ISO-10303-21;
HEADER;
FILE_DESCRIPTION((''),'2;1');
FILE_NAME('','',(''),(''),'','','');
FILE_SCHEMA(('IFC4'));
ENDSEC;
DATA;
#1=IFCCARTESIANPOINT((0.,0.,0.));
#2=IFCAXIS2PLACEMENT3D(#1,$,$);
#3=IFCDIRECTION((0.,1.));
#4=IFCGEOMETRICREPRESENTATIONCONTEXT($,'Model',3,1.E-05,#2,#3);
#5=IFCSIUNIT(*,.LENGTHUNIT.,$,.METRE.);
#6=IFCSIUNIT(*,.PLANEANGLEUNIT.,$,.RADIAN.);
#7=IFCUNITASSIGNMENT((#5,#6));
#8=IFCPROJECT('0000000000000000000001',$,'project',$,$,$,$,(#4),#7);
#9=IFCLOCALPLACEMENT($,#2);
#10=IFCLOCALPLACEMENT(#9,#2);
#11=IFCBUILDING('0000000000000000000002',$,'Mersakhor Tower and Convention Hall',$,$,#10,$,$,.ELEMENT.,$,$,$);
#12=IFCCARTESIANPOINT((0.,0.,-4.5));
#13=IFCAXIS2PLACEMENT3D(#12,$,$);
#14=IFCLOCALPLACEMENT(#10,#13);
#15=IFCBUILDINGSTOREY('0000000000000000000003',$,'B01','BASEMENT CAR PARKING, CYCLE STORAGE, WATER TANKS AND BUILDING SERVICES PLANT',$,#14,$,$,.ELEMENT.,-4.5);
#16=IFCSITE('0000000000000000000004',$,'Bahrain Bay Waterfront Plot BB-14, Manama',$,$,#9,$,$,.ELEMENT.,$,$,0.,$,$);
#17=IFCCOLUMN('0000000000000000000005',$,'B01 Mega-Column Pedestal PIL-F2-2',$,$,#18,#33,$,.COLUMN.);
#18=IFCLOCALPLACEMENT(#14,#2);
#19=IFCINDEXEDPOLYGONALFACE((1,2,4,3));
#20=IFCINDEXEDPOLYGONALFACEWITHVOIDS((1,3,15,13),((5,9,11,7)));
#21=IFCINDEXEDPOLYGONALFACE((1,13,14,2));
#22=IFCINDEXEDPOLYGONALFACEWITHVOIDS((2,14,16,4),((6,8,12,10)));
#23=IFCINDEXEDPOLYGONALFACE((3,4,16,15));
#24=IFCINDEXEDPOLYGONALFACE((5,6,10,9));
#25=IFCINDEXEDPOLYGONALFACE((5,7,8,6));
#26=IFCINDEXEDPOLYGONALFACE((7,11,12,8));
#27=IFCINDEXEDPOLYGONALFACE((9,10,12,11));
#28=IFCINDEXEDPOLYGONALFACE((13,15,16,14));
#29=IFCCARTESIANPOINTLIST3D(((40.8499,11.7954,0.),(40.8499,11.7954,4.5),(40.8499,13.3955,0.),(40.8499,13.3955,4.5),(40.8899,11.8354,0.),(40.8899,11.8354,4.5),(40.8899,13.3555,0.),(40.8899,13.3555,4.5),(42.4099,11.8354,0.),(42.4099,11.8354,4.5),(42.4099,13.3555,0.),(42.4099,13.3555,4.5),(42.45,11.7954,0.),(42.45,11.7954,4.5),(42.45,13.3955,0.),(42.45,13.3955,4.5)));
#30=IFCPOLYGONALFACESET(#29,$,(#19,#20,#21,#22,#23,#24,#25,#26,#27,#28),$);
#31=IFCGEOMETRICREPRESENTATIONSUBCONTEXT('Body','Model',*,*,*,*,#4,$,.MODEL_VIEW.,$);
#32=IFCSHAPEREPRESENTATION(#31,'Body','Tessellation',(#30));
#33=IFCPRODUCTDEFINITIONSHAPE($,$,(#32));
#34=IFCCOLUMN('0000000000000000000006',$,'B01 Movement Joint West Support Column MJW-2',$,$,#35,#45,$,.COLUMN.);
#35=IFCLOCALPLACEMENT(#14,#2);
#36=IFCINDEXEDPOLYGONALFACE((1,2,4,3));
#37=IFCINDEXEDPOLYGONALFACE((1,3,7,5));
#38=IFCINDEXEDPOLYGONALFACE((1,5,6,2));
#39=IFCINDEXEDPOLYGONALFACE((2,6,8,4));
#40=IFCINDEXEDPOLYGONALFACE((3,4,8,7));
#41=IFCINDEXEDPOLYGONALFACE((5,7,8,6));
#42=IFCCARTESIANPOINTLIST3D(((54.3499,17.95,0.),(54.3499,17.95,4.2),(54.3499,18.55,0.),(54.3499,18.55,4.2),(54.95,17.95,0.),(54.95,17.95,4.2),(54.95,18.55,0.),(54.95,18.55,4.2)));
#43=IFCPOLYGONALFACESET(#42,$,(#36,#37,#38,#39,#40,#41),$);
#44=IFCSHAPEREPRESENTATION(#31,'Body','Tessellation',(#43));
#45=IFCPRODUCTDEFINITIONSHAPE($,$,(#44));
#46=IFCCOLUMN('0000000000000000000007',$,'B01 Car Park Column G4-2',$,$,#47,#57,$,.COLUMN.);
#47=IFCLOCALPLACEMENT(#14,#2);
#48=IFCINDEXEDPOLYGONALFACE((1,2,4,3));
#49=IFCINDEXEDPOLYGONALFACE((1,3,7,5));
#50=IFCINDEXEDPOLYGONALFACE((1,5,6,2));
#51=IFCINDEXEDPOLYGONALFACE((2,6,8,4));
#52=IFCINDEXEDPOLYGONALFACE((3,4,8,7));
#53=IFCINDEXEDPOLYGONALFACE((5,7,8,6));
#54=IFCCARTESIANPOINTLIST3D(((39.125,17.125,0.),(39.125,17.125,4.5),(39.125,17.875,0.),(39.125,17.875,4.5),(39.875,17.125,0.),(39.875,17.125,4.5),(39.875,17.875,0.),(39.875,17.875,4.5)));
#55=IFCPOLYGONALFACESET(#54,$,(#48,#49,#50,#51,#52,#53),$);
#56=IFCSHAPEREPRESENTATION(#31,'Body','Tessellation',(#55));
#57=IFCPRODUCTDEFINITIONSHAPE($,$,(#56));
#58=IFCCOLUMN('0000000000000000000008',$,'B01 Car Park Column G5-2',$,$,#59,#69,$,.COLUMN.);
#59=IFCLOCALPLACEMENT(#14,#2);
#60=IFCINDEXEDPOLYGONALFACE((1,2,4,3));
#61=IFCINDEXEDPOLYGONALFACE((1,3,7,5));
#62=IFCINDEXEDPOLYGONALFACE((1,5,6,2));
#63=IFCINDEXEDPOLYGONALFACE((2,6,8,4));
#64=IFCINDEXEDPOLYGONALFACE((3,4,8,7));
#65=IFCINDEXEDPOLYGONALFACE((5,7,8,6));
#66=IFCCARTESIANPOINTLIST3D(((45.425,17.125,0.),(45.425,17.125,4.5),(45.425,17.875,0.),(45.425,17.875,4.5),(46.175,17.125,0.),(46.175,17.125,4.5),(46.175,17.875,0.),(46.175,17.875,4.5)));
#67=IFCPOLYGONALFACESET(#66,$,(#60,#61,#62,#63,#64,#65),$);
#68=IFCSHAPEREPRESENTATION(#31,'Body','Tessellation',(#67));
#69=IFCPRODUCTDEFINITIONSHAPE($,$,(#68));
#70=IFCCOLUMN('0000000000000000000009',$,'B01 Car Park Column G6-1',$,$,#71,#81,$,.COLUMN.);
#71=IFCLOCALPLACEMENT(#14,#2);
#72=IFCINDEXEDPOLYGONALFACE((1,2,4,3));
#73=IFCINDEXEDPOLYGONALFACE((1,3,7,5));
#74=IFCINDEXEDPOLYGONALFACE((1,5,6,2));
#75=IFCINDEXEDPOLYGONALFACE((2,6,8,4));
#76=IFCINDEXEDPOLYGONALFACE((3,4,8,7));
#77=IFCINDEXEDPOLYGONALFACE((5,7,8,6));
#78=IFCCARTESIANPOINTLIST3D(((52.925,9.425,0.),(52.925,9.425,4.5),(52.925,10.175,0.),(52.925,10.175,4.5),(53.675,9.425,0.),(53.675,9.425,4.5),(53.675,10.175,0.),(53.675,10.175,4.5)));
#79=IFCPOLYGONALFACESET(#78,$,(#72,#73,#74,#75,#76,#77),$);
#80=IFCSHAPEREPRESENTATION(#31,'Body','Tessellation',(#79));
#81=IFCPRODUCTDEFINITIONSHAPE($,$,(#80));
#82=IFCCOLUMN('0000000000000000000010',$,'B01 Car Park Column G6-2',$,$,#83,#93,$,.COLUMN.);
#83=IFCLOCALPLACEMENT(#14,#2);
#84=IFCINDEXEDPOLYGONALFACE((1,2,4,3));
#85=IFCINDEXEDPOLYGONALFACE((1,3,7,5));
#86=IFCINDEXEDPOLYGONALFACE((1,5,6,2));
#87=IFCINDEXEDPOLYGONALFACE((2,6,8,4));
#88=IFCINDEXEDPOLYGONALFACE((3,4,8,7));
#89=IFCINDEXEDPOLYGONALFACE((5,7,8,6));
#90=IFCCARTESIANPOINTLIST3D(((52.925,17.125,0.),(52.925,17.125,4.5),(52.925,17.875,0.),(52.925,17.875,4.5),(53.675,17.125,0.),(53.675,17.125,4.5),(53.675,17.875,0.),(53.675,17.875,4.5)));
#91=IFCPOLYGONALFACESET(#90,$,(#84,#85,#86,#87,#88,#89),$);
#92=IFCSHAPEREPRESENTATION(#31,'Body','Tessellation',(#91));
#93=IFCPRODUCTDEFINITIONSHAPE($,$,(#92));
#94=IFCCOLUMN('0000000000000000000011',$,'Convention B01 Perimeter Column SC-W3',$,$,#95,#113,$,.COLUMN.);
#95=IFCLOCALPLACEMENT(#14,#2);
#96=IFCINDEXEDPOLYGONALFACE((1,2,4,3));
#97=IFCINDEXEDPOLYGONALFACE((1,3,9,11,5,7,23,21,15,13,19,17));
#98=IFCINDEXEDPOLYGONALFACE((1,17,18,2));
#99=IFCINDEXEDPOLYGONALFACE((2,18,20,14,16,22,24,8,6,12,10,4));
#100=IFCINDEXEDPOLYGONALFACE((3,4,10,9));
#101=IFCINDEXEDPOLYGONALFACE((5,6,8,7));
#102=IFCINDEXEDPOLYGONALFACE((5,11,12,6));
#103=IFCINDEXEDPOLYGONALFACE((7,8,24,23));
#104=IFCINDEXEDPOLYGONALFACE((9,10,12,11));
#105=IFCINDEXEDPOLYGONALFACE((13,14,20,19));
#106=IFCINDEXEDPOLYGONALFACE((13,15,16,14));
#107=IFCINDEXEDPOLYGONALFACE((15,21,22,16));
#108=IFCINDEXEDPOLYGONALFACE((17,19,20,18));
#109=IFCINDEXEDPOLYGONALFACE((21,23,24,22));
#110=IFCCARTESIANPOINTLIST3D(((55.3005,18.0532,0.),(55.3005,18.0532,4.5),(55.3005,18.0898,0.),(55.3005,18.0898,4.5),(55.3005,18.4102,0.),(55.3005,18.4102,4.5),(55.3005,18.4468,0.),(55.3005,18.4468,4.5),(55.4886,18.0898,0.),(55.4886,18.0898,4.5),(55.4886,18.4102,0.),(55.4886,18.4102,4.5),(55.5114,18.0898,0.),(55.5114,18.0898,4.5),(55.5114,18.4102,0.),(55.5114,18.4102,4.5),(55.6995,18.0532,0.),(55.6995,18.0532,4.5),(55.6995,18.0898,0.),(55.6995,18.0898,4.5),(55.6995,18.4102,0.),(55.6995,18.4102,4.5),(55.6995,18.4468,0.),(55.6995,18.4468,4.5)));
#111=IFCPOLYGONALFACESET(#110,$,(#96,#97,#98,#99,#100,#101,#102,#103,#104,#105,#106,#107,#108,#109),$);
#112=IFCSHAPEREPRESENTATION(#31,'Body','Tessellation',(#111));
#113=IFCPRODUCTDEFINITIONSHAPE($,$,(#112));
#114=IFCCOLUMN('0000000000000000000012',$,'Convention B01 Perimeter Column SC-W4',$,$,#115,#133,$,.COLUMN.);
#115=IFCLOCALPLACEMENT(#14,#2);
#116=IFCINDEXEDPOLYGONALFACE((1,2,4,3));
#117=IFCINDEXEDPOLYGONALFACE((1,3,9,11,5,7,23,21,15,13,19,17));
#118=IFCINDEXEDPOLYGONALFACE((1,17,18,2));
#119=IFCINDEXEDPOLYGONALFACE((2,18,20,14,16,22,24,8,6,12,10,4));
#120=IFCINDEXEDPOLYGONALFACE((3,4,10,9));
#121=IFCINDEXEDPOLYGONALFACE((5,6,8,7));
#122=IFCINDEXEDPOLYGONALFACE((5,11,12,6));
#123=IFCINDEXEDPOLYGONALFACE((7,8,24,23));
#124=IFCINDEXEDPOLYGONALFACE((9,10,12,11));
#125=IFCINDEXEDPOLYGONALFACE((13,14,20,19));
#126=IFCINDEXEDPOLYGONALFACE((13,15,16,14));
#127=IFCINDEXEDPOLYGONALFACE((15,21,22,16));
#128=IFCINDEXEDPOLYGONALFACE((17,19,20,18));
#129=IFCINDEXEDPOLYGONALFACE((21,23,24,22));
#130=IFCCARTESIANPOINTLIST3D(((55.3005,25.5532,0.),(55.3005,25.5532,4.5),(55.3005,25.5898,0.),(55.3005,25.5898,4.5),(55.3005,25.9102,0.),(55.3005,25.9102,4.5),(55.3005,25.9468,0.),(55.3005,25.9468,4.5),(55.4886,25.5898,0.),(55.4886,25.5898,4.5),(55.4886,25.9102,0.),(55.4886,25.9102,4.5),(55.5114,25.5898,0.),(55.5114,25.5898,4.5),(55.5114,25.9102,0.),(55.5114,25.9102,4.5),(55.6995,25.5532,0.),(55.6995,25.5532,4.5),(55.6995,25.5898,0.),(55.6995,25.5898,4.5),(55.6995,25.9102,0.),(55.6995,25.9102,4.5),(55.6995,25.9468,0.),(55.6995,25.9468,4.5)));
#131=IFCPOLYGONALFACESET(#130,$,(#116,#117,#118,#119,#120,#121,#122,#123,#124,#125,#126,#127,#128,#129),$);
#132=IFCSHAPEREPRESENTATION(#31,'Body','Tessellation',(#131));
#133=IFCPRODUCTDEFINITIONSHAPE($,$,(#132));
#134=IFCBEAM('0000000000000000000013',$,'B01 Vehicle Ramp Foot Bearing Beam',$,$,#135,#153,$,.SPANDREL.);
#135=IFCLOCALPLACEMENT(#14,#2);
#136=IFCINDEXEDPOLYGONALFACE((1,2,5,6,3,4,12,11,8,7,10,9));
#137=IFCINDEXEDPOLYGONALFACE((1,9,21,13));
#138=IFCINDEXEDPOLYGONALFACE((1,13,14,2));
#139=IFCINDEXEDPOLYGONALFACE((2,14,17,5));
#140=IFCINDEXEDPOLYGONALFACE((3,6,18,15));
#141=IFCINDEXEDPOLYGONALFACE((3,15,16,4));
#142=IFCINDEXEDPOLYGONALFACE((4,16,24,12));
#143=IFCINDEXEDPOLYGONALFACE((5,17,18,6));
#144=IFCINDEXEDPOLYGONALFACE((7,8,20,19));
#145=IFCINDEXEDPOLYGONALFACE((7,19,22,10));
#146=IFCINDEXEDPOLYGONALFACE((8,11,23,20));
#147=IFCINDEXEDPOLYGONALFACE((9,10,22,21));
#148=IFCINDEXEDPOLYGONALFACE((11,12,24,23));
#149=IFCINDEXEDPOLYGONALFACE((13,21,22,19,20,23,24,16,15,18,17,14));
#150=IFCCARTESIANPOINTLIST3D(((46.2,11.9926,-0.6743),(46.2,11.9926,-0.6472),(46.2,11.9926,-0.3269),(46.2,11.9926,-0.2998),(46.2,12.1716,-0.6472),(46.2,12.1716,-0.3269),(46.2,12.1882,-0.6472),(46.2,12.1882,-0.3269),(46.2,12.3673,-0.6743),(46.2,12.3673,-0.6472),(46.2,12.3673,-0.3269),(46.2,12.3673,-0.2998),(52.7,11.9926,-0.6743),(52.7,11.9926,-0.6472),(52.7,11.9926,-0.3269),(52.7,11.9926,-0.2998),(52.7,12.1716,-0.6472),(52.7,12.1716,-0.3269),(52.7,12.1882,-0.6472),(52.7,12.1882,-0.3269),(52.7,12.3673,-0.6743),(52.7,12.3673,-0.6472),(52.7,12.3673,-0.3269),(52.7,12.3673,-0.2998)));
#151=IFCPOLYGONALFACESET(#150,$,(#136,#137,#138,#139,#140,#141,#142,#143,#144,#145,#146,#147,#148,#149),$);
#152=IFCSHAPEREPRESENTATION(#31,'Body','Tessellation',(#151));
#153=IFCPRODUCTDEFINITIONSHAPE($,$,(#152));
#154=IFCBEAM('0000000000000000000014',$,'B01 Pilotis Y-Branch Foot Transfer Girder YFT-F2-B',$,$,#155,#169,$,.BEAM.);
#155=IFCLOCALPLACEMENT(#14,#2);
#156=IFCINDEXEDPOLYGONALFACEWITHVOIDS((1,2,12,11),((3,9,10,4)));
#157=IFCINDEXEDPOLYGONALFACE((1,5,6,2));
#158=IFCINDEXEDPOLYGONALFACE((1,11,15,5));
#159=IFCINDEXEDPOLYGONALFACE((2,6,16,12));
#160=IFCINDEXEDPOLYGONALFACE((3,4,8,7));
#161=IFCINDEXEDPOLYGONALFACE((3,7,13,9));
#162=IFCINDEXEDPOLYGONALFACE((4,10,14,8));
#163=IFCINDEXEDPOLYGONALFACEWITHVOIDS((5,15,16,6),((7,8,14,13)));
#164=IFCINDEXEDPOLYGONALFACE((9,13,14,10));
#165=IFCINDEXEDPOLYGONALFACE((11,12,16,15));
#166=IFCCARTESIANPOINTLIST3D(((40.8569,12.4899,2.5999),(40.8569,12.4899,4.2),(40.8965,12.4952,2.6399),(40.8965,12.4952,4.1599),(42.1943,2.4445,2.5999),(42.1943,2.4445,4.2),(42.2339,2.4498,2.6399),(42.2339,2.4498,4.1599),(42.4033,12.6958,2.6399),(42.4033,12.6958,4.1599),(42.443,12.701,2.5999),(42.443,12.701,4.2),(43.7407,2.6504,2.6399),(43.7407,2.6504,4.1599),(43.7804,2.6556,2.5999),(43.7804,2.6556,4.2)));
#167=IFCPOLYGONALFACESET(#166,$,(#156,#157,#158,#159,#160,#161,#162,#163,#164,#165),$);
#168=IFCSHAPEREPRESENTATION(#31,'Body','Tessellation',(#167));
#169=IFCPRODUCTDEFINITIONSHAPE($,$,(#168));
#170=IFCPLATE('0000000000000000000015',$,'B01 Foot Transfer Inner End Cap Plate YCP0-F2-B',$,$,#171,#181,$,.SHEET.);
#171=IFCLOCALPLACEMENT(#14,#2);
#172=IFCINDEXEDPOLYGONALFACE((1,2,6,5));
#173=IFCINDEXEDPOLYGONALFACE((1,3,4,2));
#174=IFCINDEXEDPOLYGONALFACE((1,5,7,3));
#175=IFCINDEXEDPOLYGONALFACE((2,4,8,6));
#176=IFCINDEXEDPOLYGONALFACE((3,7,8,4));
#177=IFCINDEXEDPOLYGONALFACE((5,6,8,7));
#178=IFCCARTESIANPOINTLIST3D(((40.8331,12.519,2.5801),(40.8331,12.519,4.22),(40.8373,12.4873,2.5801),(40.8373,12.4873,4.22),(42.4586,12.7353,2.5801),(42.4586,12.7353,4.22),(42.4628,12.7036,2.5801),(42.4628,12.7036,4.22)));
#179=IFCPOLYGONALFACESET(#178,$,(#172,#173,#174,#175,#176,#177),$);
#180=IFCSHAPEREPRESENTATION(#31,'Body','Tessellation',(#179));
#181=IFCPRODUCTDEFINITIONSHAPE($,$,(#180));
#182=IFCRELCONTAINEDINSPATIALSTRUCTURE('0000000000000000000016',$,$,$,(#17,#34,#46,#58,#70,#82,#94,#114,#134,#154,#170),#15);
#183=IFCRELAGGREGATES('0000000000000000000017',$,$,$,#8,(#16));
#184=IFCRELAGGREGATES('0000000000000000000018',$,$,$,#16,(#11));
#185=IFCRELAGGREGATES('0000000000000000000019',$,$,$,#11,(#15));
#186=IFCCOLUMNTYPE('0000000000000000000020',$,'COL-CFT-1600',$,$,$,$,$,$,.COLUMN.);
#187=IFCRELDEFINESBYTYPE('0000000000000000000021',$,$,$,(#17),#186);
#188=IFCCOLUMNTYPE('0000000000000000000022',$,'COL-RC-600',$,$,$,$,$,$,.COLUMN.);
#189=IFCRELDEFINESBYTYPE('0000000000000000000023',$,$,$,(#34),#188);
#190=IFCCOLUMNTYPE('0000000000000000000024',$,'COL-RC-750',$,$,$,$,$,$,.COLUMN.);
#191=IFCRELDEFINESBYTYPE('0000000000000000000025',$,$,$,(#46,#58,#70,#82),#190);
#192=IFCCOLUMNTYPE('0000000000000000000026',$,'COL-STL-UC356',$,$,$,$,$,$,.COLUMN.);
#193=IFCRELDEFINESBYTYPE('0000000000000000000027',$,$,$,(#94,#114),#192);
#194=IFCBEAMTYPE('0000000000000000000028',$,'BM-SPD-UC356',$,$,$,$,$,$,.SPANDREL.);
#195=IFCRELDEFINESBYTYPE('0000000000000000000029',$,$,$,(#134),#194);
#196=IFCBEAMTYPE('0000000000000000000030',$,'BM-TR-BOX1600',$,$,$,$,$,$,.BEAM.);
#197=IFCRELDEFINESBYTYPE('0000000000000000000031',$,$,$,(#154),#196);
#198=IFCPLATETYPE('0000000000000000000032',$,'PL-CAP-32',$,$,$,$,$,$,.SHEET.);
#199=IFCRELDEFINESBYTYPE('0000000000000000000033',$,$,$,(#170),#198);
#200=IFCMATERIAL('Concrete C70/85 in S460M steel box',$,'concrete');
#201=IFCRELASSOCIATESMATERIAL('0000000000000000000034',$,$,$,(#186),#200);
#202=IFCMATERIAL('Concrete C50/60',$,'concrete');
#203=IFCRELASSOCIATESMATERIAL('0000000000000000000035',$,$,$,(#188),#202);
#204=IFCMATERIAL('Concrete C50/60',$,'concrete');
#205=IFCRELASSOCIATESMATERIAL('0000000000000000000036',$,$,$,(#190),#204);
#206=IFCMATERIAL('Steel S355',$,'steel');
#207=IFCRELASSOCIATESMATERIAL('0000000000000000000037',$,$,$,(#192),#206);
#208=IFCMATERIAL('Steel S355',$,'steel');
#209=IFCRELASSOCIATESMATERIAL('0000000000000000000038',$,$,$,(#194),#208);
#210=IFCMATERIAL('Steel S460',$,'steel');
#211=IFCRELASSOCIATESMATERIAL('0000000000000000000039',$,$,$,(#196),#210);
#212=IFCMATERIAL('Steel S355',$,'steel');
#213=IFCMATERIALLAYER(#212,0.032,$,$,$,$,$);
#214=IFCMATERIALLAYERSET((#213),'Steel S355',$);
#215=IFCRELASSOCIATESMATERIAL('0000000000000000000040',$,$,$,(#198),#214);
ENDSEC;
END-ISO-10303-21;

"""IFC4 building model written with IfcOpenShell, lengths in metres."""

from ifc_helpers import new_model, si_unit, direction, frame, origin, origin_2d, place, context, subcontext, project, spatial, rectangle, hollow_rectangle, i_section, extrude, material, layer, layer_set, material_profile, profile_set, type_object, element, save


model = new_model("IFC4")

# Units and contexts
model_context = context("Model", 3, precision=1e-05, world=origin(), true_north=direction((0.0, 1.0)))
body_context = subcontext(model_context, "Body", "Model", "MODEL_VIEW")
ifc_project = project(units=[si_unit("LENGTHUNIT", "METRE"), si_unit("PLANEANGLEUNIT", "RADIAN")], contexts=[model_context])

# Site, building, storey
site_placement = place(None, origin())
site = spatial("IfcSite", under=ifc_project, at=site_placement, Name="Bahrain Bay Waterfront Plot BB-14, Manama", CompositionType="ELEMENT", RefElevation=0.0)
building_placement = place(site_placement, origin())
building = spatial("IfcBuilding", under=site, at=building_placement, Name="Mersakhor Tower and Convention Hall", CompositionType="ELEMENT")
storey_placement = place(building_placement, frame((0.0, 0.0, -4.5)))
storey = spatial("IfcBuildingStorey", under=building, at=storey_placement, Name="B01", Description="BASEMENT CAR PARKING, CYCLE STORAGE, WATER TANKS AND BUILDING SERVICES PLANT", CompositionType="ELEMENT", Elevation=-4.5)

# Columns
ifc_material_1 = material(Name="Concrete C70/85 in S460M steel box", Category="concrete")
ifc_material_profile_1 = material_profile(ifc_material_1, hollow_rectangle(XDim=1.6001, YDim=1.6001, WallThickness=0.04, at=origin_2d()), Name="SHS 1600x1600x40")
ifc_profile_set_1 = profile_set([ifc_material_profile_1], Name="Concrete C70/85 in S460M steel box")
column_type_1 = type_object("IfcColumnType", Name="COL-CFT-1600", PredefinedType="COLUMN", material=ifc_profile_set_1)
column_1_placement = place(storey_placement, frame((41.6499, 12.5955, 0.0), z_axis=(0.0, 0.0, 1.0), x_axis=(1.0, 0.0, 0.0)))
element("IfcColumn", 1, at=column_1_placement, inside=storey, type_object=column_type_1, Name="B01 Mega-Column Pedestal PIL-F2-2", PredefinedType="COLUMN", context=body_context, shape_type="SweptSolid", body=[
    extrude(hollow_rectangle(XDim=1.6001, YDim=1.6001, WallThickness=0.04, at=origin_2d()), origin(), (0.0, 0.0, 1.0), 4.5),
])
ifc_material_2 = material(Name="Concrete C50/60", Category="concrete")
ifc_material_profile_2 = material_profile(ifc_material_2, rectangle(XDim=0.6001, YDim=0.6001, at=origin_2d()), Name="RC 600x600")
ifc_profile_set_2 = profile_set([ifc_material_profile_2], Name="Concrete C50/60")
column_type_2 = type_object("IfcColumnType", Name="COL-RC-600", PredefinedType="COLUMN", material=ifc_profile_set_2)
column_2_placement = place(storey_placement, frame((54.6499, 18.25, 0.0), z_axis=(0.0, 0.0, 1.0), x_axis=(1.0, 0.0, 0.0)))
element("IfcColumn", 2, at=column_2_placement, inside=storey, type_object=column_type_2, Name="B01 Movement Joint West Support Column MJW-2", PredefinedType="COLUMN", context=body_context, shape_type="SweptSolid", body=[
    extrude(rectangle(XDim=0.6001, YDim=0.6001, at=origin_2d()), origin(), (0.0, 0.0, 1.0), 4.2),
])
ifc_material_3 = material(Name="Concrete C50/60", Category="concrete")
ifc_material_profile_3 = material_profile(ifc_material_3, rectangle(XDim=0.75, YDim=0.75, at=origin_2d()), Name="RC 750x750")
ifc_profile_set_3 = profile_set([ifc_material_profile_3], Name="Concrete C50/60")
column_type_3 = type_object("IfcColumnType", Name="COL-RC-750", PredefinedType="COLUMN", material=ifc_profile_set_3)
for number, where, z_axis, x_axis, name in (
    (3, (39.5, 17.5, 0.0), (0.0, 0.0, 1.0), (1.0, 0.0, 0.0), "B01 Car Park Column G4-2"),
    (4, (45.8, 17.5, 0.0), (0.0, 0.0, 1.0), (1.0, 0.0, 0.0), "B01 Car Park Column G5-2"),
    (5, (53.3, 9.8, 0.0), (0.0, 0.0, 1.0), (1.0, 0.0, 0.0), "B01 Car Park Column G6-1"),
    (6, (53.3, 17.5, 0.0), (0.0, 0.0, 1.0), (1.0, 0.0, 0.0), "B01 Car Park Column G6-2"),
):
    element("IfcColumn", number, at=place(storey_placement, frame(where, z_axis=z_axis, x_axis=x_axis)), inside=storey, type_object=column_type_3, Name=name, PredefinedType="COLUMN", context=body_context, shape_type="SweptSolid", body=[
        extrude(rectangle(XDim=0.75, YDim=0.75, at=origin_2d()), origin(), (0.0, 0.0, 1.0), 4.5),
    ])
ifc_material_4 = material(Name="Steel S355", Category="steel")
ifc_material_profile_4 = material_profile(ifc_material_4, i_section(OverallWidth=0.3989, OverallDepth=0.3936, WebThickness=0.0227, FlangeThickness=0.0366, at=origin_2d()), Name="UC 356x406x287")
ifc_profile_set_4 = profile_set([ifc_material_profile_4], Name="Steel S355")
column_type_4 = type_object("IfcColumnType", Name="COL-STL-UC356", PredefinedType="COLUMN", material=ifc_profile_set_4)
for number, where, z_axis, x_axis, name in (
    (7, (55.5, 18.25, 0.0), (0.0, 0.0, 1.0), (1.0, 0.0, 0.0), "Convention B01 Perimeter Column SC-W3"),
    (8, (55.5, 25.75, 0.0), (0.0, 0.0, 1.0), (1.0, 0.0, 0.0), "Convention B01 Perimeter Column SC-W4"),
):
    element("IfcColumn", number, at=place(storey_placement, frame(where, z_axis=z_axis, x_axis=x_axis)), inside=storey, type_object=column_type_4, Name=name, PredefinedType="COLUMN", context=body_context, shape_type="SweptSolid", body=[
        extrude(i_section(OverallWidth=0.3989, OverallDepth=0.3936, WebThickness=0.0227, FlangeThickness=0.0366, at=origin_2d()), origin(), (0.0, 0.0, 1.0), 4.5),
    ])

# Beams
ifc_material_5 = material(Name="Steel S355", Category="steel")
ifc_material_profile_5 = material_profile(ifc_material_5, i_section(OverallWidth=0.3748, OverallDepth=0.3745, WebThickness=0.0166, FlangeThickness=0.0271, at=origin_2d()), Name="UC 356x368x202")
ifc_profile_set_5 = profile_set([ifc_material_profile_5], Name="Steel S355")
beam_type_1 = type_object("IfcBeamType", Name="BM-SPD-UC356", PredefinedType="SPANDREL", material=ifc_profile_set_5)
beam_1_placement = place(storey_placement, frame((46.2, 12.1799, -0.4871), z_axis=(1.0, 0.0, 0.0), x_axis=(0.0, 1.0, 0.0)))
element("IfcBeam", 9, at=beam_1_placement, inside=storey, type_object=beam_type_1, Name="B01 Vehicle Ramp Foot Bearing Beam", PredefinedType="SPANDREL", context=body_context, shape_type="SweptSolid", body=[
    extrude(i_section(OverallWidth=0.3748, OverallDepth=0.3745, WebThickness=0.0166, FlangeThickness=0.0271, at=origin_2d()), origin(), (0.0, 0.0, 1.0), 6.5),
])
ifc_material_6 = material(Name="Steel S460", Category="steel")
ifc_material_profile_6 = material_profile(ifc_material_6, hollow_rectangle(XDim=1.6001, YDim=1.6001, WallThickness=0.04, at=origin_2d()), Name="SHS 1600x1600x40")
ifc_profile_set_6 = profile_set([ifc_material_profile_6], Name="Steel S460")
beam_type_2 = type_object("IfcBeamType", Name="BM-TR-BOX1600", PredefinedType="BEAM", material=ifc_profile_set_6)
beam_2_placement = place(storey_placement, frame((41.6499, 12.5955, 3.3999), z_axis=(0.131971, -0.991254, 0.0), x_axis=(0.991254, 0.131971, 0.0)))
element("IfcBeam", 10, at=beam_2_placement, inside=storey, type_object=beam_type_2, Name="B01 Pilotis Y-Branch Foot Transfer Girder YFT-F2-B", PredefinedType="BEAM", context=body_context, shape_type="SweptSolid", body=[
    extrude(hollow_rectangle(XDim=1.6001, YDim=1.6001, WallThickness=0.04, at=origin_2d()), origin(), (0.0, 0.0, 1.0), 10.134),
])

# Plate
ifc_material_7 = material(Name="Steel S355", Category="steel")
ifc_layer_1 = layer(ifc_material_7, 0.032)
ifc_layer_set_1 = layer_set([ifc_layer_1], Name="Steel S355")
plate_type = type_object("IfcPlateType", Name="PL-CAP-32", PredefinedType="SHEET", material=ifc_layer_set_1)
plate_placement = place(storey_placement, frame((41.6479, 12.6113, 2.5801), z_axis=(0.0, 0.0, 1.0), x_axis=(0.13191, -0.991262, 0.0)))
element("IfcPlate", 11, at=plate_placement, inside=storey, type_object=plate_type, Name="B01 Foot Transfer Inner End Cap Plate YCP0-F2-B", PredefinedType="SHEET", context=body_context, shape_type="SweptSolid", body=[
    extrude(rectangle(XDim=0.032, YDim=1.6399, at=origin_2d()), origin(), (0.0, 0.0, 1.0), 1.6399),
])

save(model, "model.ifc")
